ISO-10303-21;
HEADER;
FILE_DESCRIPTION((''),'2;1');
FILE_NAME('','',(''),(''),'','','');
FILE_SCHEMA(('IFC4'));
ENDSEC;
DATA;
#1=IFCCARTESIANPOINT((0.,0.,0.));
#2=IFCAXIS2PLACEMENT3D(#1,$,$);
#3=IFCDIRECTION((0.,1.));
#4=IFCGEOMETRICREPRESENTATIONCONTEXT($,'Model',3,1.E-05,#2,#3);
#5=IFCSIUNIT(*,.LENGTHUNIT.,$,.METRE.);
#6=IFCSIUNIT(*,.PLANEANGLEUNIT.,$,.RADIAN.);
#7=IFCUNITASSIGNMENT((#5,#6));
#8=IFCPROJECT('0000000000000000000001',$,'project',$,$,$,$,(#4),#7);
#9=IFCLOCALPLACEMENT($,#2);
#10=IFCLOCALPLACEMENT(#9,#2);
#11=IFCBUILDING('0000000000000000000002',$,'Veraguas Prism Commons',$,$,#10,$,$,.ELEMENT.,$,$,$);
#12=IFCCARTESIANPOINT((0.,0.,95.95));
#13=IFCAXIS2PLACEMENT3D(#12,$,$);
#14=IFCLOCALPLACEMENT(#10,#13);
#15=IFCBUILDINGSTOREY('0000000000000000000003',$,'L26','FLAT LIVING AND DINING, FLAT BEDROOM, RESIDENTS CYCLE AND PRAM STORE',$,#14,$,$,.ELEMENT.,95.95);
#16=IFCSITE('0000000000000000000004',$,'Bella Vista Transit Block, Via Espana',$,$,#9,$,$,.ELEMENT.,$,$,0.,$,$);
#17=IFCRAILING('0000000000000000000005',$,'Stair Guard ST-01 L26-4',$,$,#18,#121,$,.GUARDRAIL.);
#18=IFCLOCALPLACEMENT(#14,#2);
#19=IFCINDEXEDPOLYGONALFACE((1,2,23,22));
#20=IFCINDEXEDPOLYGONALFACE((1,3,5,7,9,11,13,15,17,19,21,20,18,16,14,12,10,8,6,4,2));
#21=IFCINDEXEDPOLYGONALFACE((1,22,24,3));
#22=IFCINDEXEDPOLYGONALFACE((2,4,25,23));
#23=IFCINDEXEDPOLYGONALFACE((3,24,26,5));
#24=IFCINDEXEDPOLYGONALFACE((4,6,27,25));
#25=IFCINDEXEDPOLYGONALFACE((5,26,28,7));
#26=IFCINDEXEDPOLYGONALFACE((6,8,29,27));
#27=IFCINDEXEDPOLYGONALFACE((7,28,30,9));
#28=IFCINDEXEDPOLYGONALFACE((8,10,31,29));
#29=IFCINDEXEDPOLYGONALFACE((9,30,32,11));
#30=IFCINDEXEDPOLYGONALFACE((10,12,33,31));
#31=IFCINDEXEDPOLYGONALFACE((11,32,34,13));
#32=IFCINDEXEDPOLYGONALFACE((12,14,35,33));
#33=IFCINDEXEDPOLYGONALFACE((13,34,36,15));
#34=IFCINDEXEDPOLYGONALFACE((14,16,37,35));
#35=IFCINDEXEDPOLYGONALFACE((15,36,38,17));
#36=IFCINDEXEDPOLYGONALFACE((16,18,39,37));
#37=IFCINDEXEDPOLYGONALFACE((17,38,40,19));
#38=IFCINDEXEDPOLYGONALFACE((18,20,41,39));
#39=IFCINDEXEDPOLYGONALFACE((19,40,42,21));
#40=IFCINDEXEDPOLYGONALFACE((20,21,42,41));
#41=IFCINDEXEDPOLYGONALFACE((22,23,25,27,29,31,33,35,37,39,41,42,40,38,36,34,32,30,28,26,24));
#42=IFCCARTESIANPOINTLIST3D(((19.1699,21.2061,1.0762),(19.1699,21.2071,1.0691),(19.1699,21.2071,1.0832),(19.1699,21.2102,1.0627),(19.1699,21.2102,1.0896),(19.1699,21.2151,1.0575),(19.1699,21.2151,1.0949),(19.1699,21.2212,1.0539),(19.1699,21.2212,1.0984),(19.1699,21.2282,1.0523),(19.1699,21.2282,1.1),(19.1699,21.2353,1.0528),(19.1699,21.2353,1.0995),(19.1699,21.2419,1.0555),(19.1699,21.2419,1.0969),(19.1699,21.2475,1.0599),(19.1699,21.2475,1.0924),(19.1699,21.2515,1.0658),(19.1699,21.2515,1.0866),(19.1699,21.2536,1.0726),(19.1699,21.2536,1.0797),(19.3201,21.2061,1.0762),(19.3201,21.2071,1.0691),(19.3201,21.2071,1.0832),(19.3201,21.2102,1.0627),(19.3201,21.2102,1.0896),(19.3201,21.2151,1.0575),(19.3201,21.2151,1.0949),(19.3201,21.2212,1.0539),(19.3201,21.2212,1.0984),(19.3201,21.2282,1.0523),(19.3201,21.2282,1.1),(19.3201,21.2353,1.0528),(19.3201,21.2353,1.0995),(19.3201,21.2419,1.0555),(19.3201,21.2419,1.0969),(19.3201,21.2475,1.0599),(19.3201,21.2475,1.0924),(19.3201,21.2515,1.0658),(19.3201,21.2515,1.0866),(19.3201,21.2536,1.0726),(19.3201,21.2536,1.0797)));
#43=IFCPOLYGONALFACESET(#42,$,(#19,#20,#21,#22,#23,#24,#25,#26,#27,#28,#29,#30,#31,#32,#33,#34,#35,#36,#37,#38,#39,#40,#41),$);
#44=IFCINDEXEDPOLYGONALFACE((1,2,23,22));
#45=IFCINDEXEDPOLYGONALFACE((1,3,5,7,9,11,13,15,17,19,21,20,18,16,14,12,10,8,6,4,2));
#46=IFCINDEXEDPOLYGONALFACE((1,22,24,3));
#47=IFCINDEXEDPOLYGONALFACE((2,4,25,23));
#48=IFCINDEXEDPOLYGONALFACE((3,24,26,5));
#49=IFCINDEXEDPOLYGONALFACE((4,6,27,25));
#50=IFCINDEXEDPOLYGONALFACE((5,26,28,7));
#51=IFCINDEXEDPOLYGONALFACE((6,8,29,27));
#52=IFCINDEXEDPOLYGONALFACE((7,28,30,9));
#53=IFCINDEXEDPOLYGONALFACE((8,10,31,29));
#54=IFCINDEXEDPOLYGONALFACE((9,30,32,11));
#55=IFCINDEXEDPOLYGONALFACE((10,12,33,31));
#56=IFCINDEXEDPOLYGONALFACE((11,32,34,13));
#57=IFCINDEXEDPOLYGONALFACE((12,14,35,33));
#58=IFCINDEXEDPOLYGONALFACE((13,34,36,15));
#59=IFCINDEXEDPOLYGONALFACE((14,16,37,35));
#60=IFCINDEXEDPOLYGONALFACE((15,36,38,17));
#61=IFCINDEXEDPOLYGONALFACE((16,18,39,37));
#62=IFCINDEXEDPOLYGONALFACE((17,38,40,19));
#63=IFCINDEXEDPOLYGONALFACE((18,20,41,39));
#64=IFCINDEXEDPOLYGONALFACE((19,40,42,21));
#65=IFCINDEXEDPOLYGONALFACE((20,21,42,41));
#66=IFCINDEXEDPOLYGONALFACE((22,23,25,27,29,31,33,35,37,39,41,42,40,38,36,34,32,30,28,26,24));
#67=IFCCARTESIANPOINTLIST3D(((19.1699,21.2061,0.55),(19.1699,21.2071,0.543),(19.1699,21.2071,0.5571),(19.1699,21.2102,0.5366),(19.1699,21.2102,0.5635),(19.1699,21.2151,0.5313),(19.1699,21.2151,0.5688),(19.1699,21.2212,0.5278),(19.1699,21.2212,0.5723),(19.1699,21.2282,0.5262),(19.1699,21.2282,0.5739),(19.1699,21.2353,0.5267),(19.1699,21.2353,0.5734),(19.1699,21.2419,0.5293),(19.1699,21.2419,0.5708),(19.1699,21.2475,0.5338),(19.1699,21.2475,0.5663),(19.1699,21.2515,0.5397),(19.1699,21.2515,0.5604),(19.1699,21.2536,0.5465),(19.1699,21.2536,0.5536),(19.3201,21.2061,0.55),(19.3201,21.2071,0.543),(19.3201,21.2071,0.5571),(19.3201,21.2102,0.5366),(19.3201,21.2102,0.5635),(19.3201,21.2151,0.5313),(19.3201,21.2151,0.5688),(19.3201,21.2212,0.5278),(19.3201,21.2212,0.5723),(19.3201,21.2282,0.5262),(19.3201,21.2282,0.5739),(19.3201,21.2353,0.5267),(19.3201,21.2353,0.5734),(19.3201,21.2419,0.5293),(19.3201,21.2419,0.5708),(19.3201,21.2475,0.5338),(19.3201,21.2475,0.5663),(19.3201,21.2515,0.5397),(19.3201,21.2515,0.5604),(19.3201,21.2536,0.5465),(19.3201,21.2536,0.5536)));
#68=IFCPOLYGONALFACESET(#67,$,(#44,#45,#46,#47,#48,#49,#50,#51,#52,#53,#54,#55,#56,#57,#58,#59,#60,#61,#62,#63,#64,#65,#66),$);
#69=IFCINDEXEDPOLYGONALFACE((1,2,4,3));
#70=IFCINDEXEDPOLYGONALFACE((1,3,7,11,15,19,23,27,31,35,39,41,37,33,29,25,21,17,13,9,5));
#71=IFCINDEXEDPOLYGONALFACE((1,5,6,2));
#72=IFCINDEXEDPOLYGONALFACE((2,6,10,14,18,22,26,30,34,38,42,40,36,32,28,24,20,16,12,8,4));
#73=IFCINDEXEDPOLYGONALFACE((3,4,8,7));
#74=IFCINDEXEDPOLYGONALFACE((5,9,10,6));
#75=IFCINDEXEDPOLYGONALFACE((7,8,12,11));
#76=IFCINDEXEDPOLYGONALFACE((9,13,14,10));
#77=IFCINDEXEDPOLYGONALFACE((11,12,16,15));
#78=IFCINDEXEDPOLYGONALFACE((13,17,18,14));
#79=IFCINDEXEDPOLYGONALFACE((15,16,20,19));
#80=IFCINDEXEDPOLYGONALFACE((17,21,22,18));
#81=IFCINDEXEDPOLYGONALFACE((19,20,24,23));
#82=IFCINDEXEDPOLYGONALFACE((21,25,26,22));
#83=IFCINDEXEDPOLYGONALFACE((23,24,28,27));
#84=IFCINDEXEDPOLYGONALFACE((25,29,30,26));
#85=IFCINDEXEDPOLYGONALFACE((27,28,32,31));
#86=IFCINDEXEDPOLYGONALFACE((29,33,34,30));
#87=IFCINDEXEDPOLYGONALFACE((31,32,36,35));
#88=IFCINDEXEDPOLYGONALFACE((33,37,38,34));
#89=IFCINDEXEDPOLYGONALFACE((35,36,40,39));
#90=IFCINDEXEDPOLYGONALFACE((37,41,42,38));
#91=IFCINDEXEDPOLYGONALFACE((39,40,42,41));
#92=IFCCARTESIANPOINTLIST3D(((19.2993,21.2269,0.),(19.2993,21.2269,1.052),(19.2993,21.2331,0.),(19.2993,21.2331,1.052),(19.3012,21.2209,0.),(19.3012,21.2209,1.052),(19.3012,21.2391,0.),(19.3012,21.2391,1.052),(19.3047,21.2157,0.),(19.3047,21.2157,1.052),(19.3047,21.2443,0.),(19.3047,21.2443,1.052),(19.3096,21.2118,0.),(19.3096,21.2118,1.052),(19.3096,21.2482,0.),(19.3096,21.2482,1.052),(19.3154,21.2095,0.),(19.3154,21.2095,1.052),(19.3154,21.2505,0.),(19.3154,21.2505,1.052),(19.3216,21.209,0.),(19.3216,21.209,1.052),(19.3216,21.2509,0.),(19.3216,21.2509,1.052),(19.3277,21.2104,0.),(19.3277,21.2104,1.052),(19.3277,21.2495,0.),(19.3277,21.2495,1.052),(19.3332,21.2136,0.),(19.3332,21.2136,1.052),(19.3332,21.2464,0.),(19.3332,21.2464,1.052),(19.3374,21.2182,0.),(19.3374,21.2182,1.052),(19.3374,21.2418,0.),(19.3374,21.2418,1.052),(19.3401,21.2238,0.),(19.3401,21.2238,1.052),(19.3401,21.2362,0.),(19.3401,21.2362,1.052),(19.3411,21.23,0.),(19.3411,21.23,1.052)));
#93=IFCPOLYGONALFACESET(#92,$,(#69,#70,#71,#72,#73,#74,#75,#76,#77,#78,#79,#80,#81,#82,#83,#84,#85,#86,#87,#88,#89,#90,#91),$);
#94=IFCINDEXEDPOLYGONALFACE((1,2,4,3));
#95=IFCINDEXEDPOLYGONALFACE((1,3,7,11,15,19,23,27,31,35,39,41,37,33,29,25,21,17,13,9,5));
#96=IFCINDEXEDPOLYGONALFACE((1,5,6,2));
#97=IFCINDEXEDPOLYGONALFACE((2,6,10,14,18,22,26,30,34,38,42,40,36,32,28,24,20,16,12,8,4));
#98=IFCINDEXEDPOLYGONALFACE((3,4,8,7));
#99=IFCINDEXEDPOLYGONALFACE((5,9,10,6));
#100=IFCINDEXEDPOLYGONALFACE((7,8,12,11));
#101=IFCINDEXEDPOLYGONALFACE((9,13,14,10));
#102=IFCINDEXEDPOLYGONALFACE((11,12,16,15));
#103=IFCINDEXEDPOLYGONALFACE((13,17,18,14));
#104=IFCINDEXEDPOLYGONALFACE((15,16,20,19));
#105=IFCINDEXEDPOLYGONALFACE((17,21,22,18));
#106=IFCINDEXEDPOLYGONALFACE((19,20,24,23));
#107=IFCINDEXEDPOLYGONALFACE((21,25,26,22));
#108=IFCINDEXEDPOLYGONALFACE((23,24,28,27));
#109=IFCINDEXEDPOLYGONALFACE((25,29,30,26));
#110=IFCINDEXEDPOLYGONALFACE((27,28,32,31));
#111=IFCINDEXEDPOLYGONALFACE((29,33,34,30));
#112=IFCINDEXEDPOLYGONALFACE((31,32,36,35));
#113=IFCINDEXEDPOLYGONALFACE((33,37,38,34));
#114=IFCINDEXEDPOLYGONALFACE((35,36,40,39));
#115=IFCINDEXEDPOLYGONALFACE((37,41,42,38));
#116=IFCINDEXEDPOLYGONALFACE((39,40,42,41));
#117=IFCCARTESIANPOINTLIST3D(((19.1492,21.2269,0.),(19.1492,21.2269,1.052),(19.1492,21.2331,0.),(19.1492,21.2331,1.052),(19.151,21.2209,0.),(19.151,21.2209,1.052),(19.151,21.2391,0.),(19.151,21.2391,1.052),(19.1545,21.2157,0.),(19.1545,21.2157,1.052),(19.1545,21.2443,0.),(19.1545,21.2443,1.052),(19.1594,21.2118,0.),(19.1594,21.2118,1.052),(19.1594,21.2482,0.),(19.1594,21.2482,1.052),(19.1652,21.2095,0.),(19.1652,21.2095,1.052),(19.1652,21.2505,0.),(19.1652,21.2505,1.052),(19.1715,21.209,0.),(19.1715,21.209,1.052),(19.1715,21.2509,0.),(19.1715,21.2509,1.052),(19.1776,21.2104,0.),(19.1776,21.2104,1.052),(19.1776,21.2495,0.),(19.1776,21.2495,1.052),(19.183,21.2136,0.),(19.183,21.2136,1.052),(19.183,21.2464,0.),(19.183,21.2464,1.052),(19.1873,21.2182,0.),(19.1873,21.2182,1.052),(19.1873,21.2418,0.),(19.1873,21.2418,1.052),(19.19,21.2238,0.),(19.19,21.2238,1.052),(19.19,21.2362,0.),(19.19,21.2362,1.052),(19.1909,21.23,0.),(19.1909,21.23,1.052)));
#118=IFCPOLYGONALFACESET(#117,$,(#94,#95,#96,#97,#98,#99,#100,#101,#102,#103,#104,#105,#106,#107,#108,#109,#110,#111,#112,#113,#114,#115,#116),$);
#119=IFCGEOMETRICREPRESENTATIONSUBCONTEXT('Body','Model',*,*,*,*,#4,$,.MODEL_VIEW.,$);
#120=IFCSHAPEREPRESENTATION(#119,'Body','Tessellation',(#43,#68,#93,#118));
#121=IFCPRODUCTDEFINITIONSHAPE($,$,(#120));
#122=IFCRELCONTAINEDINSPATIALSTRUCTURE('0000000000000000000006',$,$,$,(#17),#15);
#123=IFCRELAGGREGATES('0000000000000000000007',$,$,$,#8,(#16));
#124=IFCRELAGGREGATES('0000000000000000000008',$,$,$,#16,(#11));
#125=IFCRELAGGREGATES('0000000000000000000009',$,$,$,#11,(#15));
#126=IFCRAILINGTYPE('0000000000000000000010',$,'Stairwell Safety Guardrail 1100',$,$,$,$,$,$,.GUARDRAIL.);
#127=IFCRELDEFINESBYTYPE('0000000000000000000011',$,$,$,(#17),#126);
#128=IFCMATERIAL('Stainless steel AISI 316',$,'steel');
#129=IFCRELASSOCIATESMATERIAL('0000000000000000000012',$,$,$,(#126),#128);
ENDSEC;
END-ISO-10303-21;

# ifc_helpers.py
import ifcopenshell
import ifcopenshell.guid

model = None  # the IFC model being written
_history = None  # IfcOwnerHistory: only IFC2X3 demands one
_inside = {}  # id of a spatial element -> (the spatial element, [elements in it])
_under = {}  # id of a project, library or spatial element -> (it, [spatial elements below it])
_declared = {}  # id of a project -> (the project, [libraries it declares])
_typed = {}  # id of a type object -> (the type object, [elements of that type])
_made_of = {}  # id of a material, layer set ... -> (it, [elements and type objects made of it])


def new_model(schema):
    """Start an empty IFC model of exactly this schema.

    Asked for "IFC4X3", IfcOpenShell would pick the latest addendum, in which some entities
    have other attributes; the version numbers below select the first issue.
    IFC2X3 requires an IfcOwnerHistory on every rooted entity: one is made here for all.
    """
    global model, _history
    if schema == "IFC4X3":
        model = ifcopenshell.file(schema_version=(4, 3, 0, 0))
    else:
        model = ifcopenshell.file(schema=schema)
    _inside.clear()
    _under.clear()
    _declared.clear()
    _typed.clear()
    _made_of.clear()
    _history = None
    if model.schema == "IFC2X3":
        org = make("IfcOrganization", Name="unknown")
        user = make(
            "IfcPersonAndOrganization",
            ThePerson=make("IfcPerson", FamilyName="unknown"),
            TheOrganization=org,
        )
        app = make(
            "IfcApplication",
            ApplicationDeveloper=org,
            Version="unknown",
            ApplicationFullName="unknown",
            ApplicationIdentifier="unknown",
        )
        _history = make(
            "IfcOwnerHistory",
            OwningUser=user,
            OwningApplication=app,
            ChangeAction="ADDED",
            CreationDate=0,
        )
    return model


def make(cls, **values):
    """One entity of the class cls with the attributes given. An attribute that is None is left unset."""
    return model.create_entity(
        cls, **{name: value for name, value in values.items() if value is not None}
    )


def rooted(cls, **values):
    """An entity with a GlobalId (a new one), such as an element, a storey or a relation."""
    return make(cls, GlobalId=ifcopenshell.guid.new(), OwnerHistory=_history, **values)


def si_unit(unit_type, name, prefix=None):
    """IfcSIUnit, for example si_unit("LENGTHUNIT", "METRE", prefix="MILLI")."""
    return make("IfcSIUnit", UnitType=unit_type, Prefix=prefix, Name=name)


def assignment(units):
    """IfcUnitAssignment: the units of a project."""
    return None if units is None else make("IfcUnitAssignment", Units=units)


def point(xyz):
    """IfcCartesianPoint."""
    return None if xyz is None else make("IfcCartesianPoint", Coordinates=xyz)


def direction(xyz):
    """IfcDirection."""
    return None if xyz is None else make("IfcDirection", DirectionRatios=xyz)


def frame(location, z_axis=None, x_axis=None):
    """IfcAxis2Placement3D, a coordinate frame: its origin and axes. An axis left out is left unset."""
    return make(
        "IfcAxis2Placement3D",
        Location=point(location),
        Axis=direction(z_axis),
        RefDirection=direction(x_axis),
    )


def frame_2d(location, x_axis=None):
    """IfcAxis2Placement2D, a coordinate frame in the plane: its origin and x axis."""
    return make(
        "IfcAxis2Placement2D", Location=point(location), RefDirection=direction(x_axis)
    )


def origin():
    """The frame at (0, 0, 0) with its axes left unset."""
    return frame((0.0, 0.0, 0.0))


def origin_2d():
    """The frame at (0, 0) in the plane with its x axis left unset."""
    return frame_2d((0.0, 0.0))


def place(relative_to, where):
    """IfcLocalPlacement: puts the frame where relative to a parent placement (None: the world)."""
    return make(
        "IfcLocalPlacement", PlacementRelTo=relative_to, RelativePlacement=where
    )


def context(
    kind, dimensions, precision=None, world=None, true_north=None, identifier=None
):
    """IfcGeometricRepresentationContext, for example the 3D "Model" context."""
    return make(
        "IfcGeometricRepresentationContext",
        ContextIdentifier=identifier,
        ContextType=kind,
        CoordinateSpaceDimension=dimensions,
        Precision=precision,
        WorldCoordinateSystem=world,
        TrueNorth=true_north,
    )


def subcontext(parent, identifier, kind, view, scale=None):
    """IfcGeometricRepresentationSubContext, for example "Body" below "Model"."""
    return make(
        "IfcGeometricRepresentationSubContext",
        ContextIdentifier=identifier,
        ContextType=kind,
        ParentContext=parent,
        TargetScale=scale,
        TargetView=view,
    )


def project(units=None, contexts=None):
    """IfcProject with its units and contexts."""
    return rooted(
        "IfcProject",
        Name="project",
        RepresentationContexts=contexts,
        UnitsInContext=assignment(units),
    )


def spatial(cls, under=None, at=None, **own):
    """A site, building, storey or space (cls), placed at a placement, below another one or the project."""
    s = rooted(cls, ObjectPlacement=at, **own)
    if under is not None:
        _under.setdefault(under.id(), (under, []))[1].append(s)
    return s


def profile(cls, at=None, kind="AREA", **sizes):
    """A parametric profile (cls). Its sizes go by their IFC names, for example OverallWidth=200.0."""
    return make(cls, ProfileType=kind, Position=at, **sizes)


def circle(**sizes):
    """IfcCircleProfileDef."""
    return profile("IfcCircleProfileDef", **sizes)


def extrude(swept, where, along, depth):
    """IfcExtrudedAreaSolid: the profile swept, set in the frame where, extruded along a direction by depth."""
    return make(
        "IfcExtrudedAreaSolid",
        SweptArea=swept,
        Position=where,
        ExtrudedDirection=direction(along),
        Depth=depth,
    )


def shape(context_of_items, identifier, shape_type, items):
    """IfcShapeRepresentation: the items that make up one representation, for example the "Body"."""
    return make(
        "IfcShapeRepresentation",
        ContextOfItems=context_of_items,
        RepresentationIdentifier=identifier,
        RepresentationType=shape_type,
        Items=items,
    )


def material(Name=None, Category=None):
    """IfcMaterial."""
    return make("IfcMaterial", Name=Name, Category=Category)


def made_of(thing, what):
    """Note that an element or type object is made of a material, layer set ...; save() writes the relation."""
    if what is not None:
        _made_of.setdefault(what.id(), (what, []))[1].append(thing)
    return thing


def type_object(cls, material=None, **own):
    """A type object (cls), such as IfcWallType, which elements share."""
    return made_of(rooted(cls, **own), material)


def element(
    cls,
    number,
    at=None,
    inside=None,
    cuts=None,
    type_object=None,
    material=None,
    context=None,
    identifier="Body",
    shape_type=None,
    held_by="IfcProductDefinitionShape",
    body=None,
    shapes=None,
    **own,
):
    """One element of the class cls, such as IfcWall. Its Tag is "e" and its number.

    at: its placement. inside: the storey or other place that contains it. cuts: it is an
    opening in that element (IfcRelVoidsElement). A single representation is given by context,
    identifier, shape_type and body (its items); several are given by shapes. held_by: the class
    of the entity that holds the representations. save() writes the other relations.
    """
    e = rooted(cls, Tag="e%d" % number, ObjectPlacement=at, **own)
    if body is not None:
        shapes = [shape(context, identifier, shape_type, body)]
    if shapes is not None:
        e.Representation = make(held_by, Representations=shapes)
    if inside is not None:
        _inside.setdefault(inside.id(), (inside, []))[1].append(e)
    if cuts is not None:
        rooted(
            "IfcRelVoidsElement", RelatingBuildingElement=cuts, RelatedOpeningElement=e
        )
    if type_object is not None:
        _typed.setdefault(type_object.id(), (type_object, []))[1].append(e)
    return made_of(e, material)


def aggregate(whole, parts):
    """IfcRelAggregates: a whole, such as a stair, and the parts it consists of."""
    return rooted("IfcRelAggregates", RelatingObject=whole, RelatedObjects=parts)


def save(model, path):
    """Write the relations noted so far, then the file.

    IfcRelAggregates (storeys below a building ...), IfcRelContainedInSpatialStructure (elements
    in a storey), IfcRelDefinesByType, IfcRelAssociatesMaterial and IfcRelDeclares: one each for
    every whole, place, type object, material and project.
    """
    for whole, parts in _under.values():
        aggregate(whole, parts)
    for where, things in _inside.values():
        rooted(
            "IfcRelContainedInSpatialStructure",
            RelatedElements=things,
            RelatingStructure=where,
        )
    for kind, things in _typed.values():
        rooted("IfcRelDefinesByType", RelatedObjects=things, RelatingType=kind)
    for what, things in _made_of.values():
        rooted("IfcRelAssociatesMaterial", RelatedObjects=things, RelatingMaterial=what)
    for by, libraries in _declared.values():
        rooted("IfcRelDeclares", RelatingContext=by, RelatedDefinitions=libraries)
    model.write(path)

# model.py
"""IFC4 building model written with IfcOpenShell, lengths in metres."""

from ifc_helpers import new_model, si_unit, direction, frame, origin, origin_2d, place, context, subcontext, project, spatial, circle, extrude, material, type_object, element, save


model = new_model("IFC4")

# Units and contexts
model_context = context("Model", 3, precision=1e-05, world=origin(), true_north=direction((0.0, 1.0)))
body_context = subcontext(model_context, "Body", "Model", "MODEL_VIEW")
ifc_project = project(units=[si_unit("LENGTHUNIT", "METRE"), si_unit("PLANEANGLEUNIT", "RADIAN")], contexts=[model_context])

# Site, building, storey
site_placement = place(None, origin())
site = spatial("IfcSite", under=ifc_project, at=site_placement, Name="Bella Vista Transit Block, Via Espana", CompositionType="ELEMENT", RefElevation=0.0)
building_placement = place(site_placement, origin())
building = spatial("IfcBuilding", under=site, at=building_placement, Name="Veraguas Prism Commons", CompositionType="ELEMENT")
storey_placement = place(building_placement, frame((0.0, 0.0, 95.95)))
storey = spatial("IfcBuildingStorey", under=building, at=storey_placement, Name="L26", Description="FLAT LIVING AND DINING, FLAT BEDROOM, RESIDENTS CYCLE AND PRAM STORE", CompositionType="ELEMENT", Elevation=95.95)

# Railing
ifc_material_1 = material(Name="Stainless steel AISI 316", Category="steel")
railing_type = type_object("IfcRailingType", Name="Stairwell Safety Guardrail 1100", PredefinedType="GUARDRAIL", material=ifc_material_1)
railing_1_placement = place(storey_placement, frame((19.3201, 21.23, 0.0)))
element("IfcRailing", 1, at=railing_1_placement, inside=storey, type_object=railing_type, Name="Stair Guard ST-01 L26-4", PredefinedType="GUARDRAIL", context=body_context, shape_type="SweptSolid", body=[
    extrude(circle(Radius=0.0239, at=origin_2d()), frame((0.0, 0.0, 1.0762), z_axis=(-1.0, 0.0, 0.0), x_axis=(0.0, -1.0, 0.0)), (0.0, 0.0, 1.0), 0.1501),
    extrude(circle(Radius=0.0239, at=origin_2d()), frame((0.0, 0.0, 0.55), z_axis=(-1.0, 0.0, 0.0), x_axis=(0.0, -1.0, 0.0)), (0.0, 0.0, 1.0), 0.1501),
    extrude(circle(Radius=0.021, at=origin_2d()), origin(), (0.0, 0.0, 1.0), 1.052),
    extrude(circle(Radius=0.021, at=origin_2d()), frame((-0.1501, 0.0, 0.0)), (0.0, 0.0, 1.0), 1.052),
])

save(model, "model.ifc")
